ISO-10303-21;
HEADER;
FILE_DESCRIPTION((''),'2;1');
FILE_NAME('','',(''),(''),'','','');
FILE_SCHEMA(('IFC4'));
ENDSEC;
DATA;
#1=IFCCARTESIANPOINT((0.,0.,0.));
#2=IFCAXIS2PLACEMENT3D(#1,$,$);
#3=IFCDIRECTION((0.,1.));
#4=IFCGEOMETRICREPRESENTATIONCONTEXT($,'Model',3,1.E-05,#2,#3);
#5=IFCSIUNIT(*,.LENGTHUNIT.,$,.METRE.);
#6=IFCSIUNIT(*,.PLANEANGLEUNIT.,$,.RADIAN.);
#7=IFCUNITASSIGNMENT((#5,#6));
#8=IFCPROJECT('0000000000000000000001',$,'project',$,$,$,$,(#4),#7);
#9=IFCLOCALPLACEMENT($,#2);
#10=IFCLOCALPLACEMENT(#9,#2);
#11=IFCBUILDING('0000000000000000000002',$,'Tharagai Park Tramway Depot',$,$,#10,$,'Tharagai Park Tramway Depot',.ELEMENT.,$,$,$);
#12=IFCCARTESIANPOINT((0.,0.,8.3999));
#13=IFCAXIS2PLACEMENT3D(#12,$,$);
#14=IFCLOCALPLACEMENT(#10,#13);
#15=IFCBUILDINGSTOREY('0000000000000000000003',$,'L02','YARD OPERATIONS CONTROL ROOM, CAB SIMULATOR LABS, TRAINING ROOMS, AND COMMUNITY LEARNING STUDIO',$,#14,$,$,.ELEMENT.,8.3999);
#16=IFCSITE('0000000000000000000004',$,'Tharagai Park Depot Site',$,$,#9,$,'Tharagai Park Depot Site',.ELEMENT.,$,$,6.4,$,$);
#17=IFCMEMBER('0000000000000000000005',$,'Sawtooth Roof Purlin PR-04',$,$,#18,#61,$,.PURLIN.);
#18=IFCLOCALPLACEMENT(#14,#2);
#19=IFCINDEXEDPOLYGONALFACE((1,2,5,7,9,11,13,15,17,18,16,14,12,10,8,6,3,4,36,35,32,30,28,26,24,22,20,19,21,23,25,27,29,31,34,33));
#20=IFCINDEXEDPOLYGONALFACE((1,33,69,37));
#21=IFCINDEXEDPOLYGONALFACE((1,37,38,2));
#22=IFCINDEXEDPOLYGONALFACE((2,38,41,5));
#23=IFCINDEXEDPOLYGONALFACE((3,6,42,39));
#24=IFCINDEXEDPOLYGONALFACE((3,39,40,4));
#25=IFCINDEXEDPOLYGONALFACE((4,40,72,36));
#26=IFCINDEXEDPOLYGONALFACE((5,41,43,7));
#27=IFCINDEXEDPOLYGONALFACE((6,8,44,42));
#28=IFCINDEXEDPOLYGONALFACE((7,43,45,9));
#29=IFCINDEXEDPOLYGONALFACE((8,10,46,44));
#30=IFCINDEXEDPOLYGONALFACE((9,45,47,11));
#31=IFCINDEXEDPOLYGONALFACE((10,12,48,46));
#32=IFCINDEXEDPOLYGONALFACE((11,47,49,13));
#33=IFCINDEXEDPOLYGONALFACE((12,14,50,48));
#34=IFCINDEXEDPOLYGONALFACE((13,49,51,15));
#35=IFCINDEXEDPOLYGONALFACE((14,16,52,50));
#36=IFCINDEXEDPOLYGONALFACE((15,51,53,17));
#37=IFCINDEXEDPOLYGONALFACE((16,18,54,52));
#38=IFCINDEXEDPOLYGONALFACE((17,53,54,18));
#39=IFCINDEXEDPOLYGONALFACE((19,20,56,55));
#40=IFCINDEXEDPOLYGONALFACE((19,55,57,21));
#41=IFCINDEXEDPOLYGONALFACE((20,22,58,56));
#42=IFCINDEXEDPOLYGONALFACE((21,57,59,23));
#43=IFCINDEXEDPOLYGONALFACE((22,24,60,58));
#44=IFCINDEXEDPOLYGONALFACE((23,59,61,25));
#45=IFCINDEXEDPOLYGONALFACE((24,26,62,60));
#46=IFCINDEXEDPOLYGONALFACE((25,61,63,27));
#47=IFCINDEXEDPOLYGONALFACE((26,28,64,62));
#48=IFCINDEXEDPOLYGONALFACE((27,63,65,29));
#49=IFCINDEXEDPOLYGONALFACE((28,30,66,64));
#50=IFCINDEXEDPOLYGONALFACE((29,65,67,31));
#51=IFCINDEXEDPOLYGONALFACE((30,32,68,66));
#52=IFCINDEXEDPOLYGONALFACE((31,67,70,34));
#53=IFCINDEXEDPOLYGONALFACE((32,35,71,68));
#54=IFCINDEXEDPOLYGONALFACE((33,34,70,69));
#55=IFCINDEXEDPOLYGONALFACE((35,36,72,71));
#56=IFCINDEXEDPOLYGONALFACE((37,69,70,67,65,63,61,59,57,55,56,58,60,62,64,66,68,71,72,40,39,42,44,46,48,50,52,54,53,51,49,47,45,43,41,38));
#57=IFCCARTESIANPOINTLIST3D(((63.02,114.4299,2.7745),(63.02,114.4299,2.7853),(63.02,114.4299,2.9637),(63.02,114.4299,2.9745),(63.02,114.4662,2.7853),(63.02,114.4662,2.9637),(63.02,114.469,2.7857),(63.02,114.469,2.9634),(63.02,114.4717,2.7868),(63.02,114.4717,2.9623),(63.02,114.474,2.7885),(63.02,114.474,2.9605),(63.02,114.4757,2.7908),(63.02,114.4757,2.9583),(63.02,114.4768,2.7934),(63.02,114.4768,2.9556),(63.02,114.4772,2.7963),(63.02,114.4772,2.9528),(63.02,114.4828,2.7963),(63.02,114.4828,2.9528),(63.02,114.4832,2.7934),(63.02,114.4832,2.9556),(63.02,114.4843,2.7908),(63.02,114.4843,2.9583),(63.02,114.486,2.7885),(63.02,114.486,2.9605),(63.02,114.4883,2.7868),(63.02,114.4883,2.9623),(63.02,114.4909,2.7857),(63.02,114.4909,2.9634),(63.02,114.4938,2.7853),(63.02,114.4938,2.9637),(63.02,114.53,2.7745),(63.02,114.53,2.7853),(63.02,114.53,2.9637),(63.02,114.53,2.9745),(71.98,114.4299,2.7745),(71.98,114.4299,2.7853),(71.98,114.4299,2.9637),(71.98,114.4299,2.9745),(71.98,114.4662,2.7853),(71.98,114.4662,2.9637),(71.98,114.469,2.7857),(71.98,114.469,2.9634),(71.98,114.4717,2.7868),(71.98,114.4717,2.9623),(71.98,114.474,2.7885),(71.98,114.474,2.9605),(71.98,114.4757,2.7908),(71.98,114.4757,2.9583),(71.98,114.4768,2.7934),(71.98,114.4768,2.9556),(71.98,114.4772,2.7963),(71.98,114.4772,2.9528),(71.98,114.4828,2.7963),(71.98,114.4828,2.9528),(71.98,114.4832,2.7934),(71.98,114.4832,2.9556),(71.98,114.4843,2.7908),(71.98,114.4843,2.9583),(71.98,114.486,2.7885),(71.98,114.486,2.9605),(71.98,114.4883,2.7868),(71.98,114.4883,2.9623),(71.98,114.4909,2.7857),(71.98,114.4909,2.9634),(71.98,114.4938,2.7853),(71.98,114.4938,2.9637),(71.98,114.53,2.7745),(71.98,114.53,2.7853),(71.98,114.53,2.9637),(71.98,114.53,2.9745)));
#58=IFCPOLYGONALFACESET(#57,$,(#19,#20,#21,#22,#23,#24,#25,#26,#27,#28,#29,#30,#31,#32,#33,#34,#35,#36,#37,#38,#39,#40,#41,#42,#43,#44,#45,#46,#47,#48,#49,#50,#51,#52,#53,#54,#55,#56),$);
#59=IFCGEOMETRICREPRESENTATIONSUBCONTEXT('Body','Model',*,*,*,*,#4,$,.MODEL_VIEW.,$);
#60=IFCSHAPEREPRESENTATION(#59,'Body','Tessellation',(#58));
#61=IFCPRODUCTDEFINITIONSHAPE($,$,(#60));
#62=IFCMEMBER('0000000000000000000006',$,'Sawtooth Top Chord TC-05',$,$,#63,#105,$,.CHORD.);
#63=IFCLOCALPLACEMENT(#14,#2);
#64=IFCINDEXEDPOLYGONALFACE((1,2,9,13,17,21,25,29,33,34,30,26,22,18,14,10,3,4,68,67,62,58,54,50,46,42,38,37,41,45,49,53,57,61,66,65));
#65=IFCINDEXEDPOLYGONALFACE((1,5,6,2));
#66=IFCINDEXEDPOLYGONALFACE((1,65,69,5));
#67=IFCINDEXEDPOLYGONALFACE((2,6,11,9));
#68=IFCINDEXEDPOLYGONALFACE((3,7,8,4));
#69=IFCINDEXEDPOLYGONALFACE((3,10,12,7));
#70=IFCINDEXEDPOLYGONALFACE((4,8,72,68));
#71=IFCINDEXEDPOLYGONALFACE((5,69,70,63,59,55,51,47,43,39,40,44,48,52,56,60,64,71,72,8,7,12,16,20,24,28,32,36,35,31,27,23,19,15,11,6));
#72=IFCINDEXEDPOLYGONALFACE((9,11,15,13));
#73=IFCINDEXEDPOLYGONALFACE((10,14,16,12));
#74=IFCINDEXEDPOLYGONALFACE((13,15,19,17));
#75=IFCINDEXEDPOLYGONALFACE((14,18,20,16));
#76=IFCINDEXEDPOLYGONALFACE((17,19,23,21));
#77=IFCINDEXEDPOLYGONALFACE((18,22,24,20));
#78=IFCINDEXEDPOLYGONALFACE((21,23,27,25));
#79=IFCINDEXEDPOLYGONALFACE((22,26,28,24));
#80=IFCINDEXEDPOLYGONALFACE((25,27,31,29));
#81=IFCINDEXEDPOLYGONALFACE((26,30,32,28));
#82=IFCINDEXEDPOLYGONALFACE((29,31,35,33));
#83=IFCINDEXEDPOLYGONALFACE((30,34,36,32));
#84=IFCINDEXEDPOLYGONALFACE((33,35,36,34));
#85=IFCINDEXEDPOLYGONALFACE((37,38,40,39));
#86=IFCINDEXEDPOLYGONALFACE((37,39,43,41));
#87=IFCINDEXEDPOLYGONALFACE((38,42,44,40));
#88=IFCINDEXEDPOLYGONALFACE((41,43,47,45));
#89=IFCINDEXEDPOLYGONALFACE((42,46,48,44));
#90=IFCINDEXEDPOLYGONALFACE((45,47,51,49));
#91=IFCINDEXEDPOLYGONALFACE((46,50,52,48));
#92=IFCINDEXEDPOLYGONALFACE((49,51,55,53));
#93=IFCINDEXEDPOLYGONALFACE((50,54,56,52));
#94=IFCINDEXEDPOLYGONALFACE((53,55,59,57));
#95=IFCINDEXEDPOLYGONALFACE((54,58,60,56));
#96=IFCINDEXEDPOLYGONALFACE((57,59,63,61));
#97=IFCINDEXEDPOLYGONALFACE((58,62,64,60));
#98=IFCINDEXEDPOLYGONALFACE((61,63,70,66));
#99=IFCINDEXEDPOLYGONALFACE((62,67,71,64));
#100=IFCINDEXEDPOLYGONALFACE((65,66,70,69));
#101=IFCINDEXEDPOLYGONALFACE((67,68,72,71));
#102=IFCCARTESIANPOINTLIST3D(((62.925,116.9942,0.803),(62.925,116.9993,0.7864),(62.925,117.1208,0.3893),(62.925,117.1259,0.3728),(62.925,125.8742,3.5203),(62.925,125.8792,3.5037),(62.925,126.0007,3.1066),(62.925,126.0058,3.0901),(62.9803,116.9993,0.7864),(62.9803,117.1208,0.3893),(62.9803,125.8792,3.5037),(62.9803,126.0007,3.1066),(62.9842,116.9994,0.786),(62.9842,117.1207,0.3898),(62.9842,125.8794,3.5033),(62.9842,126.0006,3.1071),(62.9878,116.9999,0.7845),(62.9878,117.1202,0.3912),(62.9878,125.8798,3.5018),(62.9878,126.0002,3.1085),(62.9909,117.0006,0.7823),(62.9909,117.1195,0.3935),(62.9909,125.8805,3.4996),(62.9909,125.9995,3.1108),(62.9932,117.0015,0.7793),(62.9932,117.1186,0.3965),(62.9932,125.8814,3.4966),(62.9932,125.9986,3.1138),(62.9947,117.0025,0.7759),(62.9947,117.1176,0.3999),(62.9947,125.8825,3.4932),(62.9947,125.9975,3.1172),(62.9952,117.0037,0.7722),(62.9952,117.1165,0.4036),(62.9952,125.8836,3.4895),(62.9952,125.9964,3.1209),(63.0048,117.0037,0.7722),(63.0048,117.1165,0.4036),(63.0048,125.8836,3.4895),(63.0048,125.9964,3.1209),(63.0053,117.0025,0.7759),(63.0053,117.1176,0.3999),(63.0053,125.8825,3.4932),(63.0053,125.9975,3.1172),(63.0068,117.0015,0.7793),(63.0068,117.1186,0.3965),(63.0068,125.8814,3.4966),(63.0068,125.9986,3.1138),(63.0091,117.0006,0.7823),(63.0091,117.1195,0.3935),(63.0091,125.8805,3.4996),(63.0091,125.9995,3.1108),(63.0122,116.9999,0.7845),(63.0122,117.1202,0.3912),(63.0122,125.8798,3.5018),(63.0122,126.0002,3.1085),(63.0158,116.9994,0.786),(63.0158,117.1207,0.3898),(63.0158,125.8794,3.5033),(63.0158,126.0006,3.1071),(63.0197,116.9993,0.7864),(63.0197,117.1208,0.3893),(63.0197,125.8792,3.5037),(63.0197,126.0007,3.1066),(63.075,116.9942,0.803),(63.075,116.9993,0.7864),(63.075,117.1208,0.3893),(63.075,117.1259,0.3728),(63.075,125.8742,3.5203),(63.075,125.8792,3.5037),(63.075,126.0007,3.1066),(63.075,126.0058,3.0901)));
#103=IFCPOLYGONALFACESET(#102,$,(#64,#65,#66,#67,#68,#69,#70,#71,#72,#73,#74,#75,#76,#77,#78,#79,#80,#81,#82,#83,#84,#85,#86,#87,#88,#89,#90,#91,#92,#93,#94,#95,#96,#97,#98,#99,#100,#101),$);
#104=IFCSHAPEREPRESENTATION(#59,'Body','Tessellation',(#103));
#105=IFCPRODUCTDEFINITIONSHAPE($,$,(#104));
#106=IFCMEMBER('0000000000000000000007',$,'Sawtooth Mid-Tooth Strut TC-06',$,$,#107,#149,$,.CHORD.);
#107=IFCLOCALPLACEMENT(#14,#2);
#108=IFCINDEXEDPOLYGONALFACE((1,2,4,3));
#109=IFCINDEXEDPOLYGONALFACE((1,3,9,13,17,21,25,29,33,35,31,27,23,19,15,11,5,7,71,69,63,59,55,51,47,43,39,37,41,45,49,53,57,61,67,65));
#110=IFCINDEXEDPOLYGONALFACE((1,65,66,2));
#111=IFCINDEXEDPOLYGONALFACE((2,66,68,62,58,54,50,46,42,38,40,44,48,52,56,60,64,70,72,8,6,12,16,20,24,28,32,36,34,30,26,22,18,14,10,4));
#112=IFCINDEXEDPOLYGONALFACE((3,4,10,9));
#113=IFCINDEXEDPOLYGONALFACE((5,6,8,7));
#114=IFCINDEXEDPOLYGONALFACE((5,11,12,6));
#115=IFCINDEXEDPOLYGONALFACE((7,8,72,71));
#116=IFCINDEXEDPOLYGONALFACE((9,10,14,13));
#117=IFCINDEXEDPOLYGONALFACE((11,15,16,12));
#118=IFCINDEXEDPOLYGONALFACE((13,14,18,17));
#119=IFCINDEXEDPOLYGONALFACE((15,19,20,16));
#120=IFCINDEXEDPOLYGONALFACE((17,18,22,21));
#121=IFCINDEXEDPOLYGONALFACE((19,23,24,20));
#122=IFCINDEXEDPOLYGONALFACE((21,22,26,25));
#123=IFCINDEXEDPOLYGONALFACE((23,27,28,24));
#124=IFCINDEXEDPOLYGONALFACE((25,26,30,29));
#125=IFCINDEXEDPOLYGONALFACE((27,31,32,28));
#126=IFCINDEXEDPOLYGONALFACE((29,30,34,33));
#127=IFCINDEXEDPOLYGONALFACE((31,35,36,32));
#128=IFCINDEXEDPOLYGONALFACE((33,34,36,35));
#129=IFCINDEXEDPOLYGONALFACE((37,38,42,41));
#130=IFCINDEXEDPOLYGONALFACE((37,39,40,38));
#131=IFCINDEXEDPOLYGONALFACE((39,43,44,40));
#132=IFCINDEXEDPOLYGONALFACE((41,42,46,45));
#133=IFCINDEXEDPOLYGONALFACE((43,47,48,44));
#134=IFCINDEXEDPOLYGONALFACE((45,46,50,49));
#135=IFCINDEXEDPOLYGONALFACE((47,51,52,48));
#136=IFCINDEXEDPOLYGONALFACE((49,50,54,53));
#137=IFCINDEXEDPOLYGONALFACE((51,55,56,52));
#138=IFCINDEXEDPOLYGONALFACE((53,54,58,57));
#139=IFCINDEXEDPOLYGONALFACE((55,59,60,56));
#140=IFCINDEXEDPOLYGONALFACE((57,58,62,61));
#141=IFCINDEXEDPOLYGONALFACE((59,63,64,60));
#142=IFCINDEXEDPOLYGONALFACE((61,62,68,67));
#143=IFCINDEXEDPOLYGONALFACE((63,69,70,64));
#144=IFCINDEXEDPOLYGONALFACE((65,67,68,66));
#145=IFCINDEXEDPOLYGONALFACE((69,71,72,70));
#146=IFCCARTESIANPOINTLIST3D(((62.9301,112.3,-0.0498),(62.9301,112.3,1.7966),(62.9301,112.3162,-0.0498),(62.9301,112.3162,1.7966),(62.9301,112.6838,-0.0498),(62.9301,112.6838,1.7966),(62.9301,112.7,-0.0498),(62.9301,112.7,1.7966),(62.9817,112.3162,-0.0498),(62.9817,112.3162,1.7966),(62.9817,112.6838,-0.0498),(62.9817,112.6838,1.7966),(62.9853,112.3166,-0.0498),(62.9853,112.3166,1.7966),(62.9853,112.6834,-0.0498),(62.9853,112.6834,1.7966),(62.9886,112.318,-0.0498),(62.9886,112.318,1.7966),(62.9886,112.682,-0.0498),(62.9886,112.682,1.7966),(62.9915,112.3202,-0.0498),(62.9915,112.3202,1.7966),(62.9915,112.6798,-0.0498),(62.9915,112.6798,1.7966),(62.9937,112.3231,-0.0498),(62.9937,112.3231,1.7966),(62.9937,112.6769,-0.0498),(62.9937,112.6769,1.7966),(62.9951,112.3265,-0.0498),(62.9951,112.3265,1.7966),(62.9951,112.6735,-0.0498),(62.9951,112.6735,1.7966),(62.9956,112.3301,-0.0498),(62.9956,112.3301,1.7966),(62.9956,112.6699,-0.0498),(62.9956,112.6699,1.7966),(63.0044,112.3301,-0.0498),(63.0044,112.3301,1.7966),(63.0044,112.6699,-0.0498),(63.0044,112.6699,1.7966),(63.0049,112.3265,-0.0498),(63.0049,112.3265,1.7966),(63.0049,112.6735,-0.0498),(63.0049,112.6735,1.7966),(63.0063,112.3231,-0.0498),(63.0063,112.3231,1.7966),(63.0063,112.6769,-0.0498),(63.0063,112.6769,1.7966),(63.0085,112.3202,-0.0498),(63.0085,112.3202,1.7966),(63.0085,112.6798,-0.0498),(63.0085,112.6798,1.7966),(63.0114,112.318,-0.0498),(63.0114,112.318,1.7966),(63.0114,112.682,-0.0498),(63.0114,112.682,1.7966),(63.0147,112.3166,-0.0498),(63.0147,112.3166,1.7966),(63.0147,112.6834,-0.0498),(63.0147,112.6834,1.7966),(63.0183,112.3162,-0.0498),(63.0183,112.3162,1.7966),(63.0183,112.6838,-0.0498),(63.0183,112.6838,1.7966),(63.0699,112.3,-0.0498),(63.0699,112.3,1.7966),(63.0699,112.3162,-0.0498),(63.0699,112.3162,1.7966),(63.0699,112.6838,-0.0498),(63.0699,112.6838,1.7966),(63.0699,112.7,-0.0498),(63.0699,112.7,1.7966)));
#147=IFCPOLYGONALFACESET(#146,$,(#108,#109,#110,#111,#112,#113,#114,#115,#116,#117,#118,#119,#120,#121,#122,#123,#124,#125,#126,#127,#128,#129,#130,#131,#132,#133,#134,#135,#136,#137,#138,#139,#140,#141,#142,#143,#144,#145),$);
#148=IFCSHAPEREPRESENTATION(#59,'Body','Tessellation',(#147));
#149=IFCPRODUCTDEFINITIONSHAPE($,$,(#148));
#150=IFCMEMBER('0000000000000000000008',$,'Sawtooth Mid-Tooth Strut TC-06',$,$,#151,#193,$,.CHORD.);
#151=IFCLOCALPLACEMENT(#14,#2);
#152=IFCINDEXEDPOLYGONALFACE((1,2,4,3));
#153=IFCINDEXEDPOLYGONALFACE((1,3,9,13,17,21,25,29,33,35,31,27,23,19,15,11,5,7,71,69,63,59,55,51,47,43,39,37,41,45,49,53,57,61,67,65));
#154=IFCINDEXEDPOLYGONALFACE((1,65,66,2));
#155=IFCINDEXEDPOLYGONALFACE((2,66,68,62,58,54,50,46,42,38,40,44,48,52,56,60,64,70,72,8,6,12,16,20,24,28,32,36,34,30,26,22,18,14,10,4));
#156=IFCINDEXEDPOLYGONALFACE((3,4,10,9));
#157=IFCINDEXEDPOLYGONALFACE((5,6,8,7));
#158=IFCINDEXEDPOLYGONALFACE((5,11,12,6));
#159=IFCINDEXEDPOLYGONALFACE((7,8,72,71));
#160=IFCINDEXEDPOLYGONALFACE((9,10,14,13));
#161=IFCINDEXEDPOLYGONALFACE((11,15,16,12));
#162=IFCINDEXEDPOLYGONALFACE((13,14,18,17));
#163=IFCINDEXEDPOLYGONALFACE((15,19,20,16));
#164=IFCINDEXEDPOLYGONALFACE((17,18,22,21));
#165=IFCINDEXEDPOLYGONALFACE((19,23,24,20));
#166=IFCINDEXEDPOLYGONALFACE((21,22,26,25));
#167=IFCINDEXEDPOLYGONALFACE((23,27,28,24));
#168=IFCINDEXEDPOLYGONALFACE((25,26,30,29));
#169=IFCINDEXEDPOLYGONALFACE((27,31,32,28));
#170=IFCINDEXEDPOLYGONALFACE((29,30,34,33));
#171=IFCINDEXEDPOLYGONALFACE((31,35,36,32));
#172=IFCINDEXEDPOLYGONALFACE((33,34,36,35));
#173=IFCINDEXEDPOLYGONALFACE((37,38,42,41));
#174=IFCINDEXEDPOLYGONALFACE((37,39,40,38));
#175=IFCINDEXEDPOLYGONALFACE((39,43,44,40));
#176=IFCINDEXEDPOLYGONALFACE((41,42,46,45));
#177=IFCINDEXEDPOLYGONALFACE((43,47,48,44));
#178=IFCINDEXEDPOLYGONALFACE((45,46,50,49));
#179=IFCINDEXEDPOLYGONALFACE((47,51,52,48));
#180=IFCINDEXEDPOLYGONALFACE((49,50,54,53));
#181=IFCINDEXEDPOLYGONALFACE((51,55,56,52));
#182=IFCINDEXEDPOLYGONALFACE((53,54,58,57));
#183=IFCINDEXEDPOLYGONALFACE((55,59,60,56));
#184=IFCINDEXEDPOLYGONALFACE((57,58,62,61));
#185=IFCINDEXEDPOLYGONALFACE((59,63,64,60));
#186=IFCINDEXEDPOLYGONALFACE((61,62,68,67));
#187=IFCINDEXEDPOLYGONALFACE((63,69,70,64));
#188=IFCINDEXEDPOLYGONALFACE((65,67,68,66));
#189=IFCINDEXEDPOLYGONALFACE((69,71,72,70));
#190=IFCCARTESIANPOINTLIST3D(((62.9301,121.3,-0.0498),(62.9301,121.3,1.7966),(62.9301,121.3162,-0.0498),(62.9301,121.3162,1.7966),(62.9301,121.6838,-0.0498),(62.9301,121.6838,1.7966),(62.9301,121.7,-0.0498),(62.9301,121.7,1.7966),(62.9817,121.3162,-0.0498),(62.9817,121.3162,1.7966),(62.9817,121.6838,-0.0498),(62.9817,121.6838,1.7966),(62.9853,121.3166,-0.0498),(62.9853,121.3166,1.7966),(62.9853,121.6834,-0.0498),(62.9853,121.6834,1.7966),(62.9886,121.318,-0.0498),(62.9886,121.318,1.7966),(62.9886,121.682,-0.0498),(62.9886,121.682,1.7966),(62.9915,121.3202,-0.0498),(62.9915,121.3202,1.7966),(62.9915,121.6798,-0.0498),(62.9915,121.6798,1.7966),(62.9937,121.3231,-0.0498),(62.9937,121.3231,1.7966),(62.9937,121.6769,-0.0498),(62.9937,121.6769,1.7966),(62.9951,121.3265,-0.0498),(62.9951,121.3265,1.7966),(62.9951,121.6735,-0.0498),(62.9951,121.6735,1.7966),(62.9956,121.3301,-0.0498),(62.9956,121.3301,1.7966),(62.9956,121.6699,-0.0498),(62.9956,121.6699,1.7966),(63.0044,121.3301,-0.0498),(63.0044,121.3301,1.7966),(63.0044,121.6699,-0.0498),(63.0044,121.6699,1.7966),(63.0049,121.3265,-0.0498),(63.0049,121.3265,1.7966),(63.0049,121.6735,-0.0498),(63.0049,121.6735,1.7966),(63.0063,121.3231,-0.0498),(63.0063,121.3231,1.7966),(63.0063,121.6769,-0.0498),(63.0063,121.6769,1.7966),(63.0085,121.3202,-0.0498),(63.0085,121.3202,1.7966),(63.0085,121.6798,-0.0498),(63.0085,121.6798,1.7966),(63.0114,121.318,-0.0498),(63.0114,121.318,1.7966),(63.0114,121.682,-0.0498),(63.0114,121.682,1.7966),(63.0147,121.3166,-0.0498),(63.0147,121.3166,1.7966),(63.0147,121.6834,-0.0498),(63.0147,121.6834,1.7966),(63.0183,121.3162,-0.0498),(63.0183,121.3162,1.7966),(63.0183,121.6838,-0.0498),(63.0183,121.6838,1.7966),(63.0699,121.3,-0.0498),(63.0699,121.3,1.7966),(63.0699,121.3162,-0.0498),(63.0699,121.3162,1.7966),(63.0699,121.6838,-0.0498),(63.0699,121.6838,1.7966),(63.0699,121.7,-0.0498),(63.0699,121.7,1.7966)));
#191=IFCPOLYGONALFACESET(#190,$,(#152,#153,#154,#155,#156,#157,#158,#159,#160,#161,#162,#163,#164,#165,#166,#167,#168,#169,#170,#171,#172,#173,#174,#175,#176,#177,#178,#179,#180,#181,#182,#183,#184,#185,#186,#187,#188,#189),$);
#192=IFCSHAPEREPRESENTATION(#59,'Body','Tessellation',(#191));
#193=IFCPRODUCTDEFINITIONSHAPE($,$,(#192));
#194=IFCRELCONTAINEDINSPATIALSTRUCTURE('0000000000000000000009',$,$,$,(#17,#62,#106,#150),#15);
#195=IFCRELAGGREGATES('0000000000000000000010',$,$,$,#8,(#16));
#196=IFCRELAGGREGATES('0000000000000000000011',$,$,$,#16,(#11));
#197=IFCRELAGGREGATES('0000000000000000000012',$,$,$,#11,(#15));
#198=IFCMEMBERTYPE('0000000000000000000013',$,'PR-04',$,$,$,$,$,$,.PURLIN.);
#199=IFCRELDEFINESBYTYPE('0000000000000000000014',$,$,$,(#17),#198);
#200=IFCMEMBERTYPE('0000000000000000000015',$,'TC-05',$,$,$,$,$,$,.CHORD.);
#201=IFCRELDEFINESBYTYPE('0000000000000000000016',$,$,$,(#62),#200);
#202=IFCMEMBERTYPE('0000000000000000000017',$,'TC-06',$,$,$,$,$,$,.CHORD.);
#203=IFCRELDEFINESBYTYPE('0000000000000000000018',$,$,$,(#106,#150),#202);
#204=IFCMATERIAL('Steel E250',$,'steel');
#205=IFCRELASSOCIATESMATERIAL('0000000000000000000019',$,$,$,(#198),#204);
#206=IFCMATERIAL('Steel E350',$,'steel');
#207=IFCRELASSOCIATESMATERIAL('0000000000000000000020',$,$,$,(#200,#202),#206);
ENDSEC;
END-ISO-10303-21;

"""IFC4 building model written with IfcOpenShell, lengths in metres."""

from ifc_helpers import new_model, si_unit, direction, frame, origin, origin_2d, place, context, subcontext, project, spatial, i_section, extrude, material, material_profile, profile_set, type_object, element, save


model = new_model("IFC4")

# Units and contexts
model_context = context("Model", 3, precision=1e-05, world=origin(), true_north=direction((0.0, 1.0)))
body_context = subcontext(model_context, "Body", "Model", "MODEL_VIEW")
ifc_project = project(units=[si_unit("LENGTHUNIT", "METRE"), si_unit("PLANEANGLEUNIT", "RADIAN")], contexts=[model_context])

# Site, building, storey
site_placement = place(None, origin())
site = spatial("IfcSite", under=ifc_project, at=site_placement, Name="Tharagai Park Depot Site", LongName="Tharagai Park Depot Site", CompositionType="ELEMENT", RefElevation=6.4)
building_placement = place(site_placement, origin())
building = spatial("IfcBuilding", under=site, at=building_placement, Name="Tharagai Park Tramway Depot", LongName="Tharagai Park Tramway Depot", CompositionType="ELEMENT")
storey_placement = place(building_placement, frame((0.0, 0.0, 8.3999)))
storey = spatial("IfcBuildingStorey", under=building, at=storey_placement, Name="L02", Description="YARD OPERATIONS CONTROL ROOM, CAB SIMULATOR LABS, TRAINING ROOMS, AND COMMUNITY LEARNING STUDIO", CompositionType="ELEMENT", Elevation=8.3999)

# Shared definitions
ifc_material_1 = material(Name="Steel E350", Category="steel")

# Members
ifc_material_2 = material(Name="Steel E250", Category="steel")
ifc_material_profile_1 = material_profile(ifc_material_2, i_section(OverallWidth=0.1001, OverallDepth=0.2, WebThickness=0.0056, FlangeThickness=0.0107, FilletRadius=0.011, at=origin_2d()), Name="ISMB 200")
ifc_profile_set_1 = profile_set([ifc_material_profile_1], Name="Steel E250")
member_type_1 = type_object("IfcMemberType", Name="PR-04", PredefinedType="PURLIN", material=ifc_profile_set_1)
member_1_placement = place(storey_placement, frame((63.02, 114.48, 2.8745), z_axis=(1.0, 0.0, 0.0), x_axis=(0.0, 1.0, 0.0)))
element("IfcMember", 1, at=member_1_placement, inside=storey, type_object=member_type_1, Name="Sawtooth Roof Purlin PR-04", PredefinedType="PURLIN", context=body_context, shape_type="SweptSolid", body=[
    extrude(i_section(OverallWidth=0.1001, OverallDepth=0.2, WebThickness=0.0056, FlangeThickness=0.0107, FilletRadius=0.011, at=origin_2d()), origin(), (0.0, 0.0, 1.0), 8.96),
])
ifc_material_profile_2 = material_profile(ifc_material_1, i_section(OverallWidth=0.1499, OverallDepth=0.45, WebThickness=0.0095, FlangeThickness=0.0173, FilletRadius=0.0149, at=origin_2d()), Name="ISMB 450")
ifc_profile_set_2 = profile_set([ifc_material_profile_2], Name="Steel E350")
member_type_2 = type_object("IfcMemberType", Name="TC-05", PredefinedType="CHORD", material=ifc_profile_set_2)
member_2_placement = place(storey_placement, frame((63.0, 117.0601, 0.5879), z_axis=(0.0, 0.956231, 0.292611), x_axis=(-1.0, 0.0, 0.0)))
element("IfcMember", 2, at=member_2_placement, inside=storey, type_object=member_type_2, Name="Sawtooth Top Chord TC-05", PredefinedType="CHORD", context=body_context, shape_type="SweptSolid", body=[
    extrude(i_section(OverallWidth=0.1499, OverallDepth=0.45, WebThickness=0.0095, FlangeThickness=0.0173, FilletRadius=0.0149, at=origin_2d()), origin(), (0.0, 0.0, 1.0), 9.2864),
])
ifc_material_profile_3 = material_profile(ifc_material_1, i_section(OverallWidth=0.1399, OverallDepth=0.3999, WebThickness=0.0088, FlangeThickness=0.0161, FilletRadius=0.0139, at=origin_2d()), Name="ISMB 400")
ifc_profile_set_3 = profile_set([ifc_material_profile_3], Name="Steel E350")
member_type_3 = type_object("IfcMemberType", Name="TC-06", PredefinedType="CHORD", material=ifc_profile_set_3)
for number, where, z_axis, x_axis, name in (
    (3, (63.0, 112.5, -0.0498), (0.0, 0.0, 1.0), (1.0, 0.0, 0.0), "Sawtooth Mid-Tooth Strut TC-06"),
    (4, (63.0, 121.5, -0.0498), (0.0, 0.0, 1.0), (1.0, 0.0, 0.0), "Sawtooth Mid-Tooth Strut TC-06"),
):
    element("IfcMember", number, at=place(storey_placement, frame(where, z_axis=z_axis, x_axis=x_axis)), inside=storey, type_object=member_type_3, Name=name, PredefinedType="CHORD", context=body_context, shape_type="SweptSolid", body=[
        extrude(i_section(OverallWidth=0.1399, OverallDepth=0.3999, WebThickness=0.0088, FlangeThickness=0.0161, FilletRadius=0.0139, at=origin_2d()), origin(), (0.0, 0.0, 1.0), 1.8464),
    ])

save(model, "model.ifc")
